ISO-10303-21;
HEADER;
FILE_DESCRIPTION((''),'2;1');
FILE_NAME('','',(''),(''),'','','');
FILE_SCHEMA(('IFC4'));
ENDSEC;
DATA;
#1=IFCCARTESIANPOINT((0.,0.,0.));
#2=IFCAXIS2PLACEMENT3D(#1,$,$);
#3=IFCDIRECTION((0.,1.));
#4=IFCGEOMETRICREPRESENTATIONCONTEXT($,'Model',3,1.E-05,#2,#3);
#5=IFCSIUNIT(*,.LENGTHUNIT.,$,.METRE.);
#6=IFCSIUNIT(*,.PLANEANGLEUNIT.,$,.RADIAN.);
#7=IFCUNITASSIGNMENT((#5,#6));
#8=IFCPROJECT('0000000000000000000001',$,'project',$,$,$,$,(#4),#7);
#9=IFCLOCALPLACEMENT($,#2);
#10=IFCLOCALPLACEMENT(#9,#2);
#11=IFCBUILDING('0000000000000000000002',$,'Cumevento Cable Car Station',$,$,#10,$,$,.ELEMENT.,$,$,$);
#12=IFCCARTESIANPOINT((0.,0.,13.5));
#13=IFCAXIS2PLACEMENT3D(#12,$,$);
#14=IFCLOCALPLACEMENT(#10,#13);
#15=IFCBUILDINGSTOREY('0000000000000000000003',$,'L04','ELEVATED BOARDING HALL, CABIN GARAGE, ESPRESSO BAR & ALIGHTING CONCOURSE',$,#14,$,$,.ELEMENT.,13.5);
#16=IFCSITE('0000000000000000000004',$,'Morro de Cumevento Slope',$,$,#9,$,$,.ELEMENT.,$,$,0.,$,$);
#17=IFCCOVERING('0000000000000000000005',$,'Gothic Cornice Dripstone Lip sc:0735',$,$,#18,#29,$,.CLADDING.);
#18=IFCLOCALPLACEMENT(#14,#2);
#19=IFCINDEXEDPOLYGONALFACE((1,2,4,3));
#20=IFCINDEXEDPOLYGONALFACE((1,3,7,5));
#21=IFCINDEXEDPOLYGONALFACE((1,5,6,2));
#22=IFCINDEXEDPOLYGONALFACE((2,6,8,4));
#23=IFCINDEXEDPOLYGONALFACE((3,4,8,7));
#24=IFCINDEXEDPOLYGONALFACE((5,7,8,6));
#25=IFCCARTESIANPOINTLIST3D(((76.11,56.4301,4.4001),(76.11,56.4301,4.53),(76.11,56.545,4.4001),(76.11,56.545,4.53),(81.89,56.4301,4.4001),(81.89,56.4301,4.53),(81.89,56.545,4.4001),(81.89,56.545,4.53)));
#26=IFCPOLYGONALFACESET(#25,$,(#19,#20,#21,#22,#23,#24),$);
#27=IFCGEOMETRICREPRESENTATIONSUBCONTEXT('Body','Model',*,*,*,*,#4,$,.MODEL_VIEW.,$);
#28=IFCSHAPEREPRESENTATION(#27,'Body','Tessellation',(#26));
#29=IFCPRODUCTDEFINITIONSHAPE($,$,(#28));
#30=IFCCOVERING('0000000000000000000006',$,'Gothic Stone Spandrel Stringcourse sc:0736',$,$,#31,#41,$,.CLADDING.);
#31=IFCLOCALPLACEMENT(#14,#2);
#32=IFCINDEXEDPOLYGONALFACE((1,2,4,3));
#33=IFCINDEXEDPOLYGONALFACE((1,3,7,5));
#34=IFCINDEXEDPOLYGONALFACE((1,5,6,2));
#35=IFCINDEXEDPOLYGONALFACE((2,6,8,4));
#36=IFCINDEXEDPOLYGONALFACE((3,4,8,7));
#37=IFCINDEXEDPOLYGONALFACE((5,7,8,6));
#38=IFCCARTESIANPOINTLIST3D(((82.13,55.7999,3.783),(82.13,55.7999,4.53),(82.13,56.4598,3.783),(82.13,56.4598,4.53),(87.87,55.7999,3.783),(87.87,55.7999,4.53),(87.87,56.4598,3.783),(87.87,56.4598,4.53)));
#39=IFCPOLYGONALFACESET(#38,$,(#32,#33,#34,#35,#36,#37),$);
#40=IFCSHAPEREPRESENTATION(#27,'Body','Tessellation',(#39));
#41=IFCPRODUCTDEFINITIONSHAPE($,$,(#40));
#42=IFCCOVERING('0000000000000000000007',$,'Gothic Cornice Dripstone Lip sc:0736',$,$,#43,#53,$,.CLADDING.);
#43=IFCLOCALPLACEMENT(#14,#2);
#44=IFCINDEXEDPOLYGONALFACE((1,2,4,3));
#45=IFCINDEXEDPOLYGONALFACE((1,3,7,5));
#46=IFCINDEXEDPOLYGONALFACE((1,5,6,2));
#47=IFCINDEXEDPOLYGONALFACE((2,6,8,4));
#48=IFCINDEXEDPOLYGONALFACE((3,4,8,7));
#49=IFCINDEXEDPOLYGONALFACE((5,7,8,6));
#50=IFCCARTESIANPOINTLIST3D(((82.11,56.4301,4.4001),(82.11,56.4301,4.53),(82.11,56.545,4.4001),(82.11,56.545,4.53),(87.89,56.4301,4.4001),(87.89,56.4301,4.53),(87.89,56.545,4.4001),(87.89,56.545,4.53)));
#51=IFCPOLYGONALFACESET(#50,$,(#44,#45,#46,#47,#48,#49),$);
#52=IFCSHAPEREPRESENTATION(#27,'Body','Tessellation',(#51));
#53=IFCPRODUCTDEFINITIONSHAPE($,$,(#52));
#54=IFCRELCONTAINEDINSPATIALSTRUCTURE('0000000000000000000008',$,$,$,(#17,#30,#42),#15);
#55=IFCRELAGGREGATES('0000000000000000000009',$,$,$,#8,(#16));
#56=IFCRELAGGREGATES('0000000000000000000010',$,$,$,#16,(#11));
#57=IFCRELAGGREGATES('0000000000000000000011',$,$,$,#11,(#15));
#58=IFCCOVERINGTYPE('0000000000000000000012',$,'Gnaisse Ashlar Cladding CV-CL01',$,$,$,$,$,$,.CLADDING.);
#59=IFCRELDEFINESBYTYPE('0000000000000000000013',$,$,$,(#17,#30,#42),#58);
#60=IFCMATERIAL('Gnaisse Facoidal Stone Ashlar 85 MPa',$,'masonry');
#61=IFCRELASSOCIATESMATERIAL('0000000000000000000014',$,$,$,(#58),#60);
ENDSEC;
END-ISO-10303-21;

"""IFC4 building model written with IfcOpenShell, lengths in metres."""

from ifc_helpers import new_model, si_unit, direction, frame, origin, origin_2d, place, context, subcontext, project, spatial, rectangle, extrude, material, type_object, element, save


model = new_model("IFC4")

# Units and contexts
model_context = context("Model", 3, precision=1e-05, world=origin(), true_north=direction((0.0, 1.0)))
body_context = subcontext(model_context, "Body", "Model", "MODEL_VIEW")
ifc_project = project(units=[si_unit("LENGTHUNIT", "METRE"), si_unit("PLANEANGLEUNIT", "RADIAN")], contexts=[model_context])

# Site, building, storey
site_placement = place(None, origin())
site = spatial("IfcSite", under=ifc_project, at=site_placement, Name="Morro de Cumevento Slope", CompositionType="ELEMENT", RefElevation=0.0)
building_placement = place(site_placement, origin())
building = spatial("IfcBuilding", under=site, at=building_placement, Name="Cumevento Cable Car Station", CompositionType="ELEMENT")
storey_placement = place(building_placement, frame((0.0, 0.0, 13.5)))
storey = spatial("IfcBuildingStorey", under=building, at=storey_placement, Name="L04", Description="ELEVATED BOARDING HALL, CABIN GARAGE, ESPRESSO BAR & ALIGHTING CONCOURSE", CompositionType="ELEMENT", Elevation=13.5)

# Coverings
ifc_material_1 = material(Name="Gnaisse Facoidal Stone Ashlar 85 MPa", Category="masonry")
covering_type = type_object("IfcCoveringType", Name="Gnaisse Ashlar Cladding CV-CL01", PredefinedType="CLADDING", material=ifc_material_1)
covering_1_placement = place(storey_placement, frame((79.0, 56.4875, 4.4001), z_axis=(0.0, 0.0, 1.0), x_axis=(1.0, 0.0, 0.0)))
element("IfcCovering", 1, at=covering_1_placement, inside=storey, type_object=covering_type, Name="Gothic Cornice Dripstone Lip sc:0735", PredefinedType="CLADDING", context=body_context, shape_type="SweptSolid", body=[
    extrude(rectangle(XDim=5.78, YDim=0.115, at=origin_2d()), origin(), (0.0, 0.0, 1.0), 0.1299),
])
covering_2_placement = place(storey_placement, frame((85.0, 56.1299, 3.783), z_axis=(0.0, 0.0, 1.0), x_axis=(1.0, 0.0, 0.0)))
element("IfcCovering", 2, at=covering_2_placement, inside=storey, type_object=covering_type, Name="Gothic Stone Spandrel Stringcourse sc:0736", PredefinedType="CLADDING", context=body_context, shape_type="SweptSolid", body=[
    extrude(rectangle(XDim=5.74, YDim=0.6599, at=origin_2d()), origin(), (0.0, 0.0, 1.0), 0.7471),
])
covering_3_placement = place(storey_placement, frame((85.0, 56.4875, 4.4001), z_axis=(0.0, 0.0, 1.0), x_axis=(1.0, 0.0, 0.0)))
element("IfcCovering", 3, at=covering_3_placement, inside=storey, type_object=covering_type, Name="Gothic Cornice Dripstone Lip sc:0736", PredefinedType="CLADDING", context=body_context, shape_type="SweptSolid", body=[
    extrude(rectangle(XDim=5.78, YDim=0.115, at=origin_2d()), origin(), (0.0, 0.0, 1.0), 0.1299),
])

save(model, "model.ifc")
